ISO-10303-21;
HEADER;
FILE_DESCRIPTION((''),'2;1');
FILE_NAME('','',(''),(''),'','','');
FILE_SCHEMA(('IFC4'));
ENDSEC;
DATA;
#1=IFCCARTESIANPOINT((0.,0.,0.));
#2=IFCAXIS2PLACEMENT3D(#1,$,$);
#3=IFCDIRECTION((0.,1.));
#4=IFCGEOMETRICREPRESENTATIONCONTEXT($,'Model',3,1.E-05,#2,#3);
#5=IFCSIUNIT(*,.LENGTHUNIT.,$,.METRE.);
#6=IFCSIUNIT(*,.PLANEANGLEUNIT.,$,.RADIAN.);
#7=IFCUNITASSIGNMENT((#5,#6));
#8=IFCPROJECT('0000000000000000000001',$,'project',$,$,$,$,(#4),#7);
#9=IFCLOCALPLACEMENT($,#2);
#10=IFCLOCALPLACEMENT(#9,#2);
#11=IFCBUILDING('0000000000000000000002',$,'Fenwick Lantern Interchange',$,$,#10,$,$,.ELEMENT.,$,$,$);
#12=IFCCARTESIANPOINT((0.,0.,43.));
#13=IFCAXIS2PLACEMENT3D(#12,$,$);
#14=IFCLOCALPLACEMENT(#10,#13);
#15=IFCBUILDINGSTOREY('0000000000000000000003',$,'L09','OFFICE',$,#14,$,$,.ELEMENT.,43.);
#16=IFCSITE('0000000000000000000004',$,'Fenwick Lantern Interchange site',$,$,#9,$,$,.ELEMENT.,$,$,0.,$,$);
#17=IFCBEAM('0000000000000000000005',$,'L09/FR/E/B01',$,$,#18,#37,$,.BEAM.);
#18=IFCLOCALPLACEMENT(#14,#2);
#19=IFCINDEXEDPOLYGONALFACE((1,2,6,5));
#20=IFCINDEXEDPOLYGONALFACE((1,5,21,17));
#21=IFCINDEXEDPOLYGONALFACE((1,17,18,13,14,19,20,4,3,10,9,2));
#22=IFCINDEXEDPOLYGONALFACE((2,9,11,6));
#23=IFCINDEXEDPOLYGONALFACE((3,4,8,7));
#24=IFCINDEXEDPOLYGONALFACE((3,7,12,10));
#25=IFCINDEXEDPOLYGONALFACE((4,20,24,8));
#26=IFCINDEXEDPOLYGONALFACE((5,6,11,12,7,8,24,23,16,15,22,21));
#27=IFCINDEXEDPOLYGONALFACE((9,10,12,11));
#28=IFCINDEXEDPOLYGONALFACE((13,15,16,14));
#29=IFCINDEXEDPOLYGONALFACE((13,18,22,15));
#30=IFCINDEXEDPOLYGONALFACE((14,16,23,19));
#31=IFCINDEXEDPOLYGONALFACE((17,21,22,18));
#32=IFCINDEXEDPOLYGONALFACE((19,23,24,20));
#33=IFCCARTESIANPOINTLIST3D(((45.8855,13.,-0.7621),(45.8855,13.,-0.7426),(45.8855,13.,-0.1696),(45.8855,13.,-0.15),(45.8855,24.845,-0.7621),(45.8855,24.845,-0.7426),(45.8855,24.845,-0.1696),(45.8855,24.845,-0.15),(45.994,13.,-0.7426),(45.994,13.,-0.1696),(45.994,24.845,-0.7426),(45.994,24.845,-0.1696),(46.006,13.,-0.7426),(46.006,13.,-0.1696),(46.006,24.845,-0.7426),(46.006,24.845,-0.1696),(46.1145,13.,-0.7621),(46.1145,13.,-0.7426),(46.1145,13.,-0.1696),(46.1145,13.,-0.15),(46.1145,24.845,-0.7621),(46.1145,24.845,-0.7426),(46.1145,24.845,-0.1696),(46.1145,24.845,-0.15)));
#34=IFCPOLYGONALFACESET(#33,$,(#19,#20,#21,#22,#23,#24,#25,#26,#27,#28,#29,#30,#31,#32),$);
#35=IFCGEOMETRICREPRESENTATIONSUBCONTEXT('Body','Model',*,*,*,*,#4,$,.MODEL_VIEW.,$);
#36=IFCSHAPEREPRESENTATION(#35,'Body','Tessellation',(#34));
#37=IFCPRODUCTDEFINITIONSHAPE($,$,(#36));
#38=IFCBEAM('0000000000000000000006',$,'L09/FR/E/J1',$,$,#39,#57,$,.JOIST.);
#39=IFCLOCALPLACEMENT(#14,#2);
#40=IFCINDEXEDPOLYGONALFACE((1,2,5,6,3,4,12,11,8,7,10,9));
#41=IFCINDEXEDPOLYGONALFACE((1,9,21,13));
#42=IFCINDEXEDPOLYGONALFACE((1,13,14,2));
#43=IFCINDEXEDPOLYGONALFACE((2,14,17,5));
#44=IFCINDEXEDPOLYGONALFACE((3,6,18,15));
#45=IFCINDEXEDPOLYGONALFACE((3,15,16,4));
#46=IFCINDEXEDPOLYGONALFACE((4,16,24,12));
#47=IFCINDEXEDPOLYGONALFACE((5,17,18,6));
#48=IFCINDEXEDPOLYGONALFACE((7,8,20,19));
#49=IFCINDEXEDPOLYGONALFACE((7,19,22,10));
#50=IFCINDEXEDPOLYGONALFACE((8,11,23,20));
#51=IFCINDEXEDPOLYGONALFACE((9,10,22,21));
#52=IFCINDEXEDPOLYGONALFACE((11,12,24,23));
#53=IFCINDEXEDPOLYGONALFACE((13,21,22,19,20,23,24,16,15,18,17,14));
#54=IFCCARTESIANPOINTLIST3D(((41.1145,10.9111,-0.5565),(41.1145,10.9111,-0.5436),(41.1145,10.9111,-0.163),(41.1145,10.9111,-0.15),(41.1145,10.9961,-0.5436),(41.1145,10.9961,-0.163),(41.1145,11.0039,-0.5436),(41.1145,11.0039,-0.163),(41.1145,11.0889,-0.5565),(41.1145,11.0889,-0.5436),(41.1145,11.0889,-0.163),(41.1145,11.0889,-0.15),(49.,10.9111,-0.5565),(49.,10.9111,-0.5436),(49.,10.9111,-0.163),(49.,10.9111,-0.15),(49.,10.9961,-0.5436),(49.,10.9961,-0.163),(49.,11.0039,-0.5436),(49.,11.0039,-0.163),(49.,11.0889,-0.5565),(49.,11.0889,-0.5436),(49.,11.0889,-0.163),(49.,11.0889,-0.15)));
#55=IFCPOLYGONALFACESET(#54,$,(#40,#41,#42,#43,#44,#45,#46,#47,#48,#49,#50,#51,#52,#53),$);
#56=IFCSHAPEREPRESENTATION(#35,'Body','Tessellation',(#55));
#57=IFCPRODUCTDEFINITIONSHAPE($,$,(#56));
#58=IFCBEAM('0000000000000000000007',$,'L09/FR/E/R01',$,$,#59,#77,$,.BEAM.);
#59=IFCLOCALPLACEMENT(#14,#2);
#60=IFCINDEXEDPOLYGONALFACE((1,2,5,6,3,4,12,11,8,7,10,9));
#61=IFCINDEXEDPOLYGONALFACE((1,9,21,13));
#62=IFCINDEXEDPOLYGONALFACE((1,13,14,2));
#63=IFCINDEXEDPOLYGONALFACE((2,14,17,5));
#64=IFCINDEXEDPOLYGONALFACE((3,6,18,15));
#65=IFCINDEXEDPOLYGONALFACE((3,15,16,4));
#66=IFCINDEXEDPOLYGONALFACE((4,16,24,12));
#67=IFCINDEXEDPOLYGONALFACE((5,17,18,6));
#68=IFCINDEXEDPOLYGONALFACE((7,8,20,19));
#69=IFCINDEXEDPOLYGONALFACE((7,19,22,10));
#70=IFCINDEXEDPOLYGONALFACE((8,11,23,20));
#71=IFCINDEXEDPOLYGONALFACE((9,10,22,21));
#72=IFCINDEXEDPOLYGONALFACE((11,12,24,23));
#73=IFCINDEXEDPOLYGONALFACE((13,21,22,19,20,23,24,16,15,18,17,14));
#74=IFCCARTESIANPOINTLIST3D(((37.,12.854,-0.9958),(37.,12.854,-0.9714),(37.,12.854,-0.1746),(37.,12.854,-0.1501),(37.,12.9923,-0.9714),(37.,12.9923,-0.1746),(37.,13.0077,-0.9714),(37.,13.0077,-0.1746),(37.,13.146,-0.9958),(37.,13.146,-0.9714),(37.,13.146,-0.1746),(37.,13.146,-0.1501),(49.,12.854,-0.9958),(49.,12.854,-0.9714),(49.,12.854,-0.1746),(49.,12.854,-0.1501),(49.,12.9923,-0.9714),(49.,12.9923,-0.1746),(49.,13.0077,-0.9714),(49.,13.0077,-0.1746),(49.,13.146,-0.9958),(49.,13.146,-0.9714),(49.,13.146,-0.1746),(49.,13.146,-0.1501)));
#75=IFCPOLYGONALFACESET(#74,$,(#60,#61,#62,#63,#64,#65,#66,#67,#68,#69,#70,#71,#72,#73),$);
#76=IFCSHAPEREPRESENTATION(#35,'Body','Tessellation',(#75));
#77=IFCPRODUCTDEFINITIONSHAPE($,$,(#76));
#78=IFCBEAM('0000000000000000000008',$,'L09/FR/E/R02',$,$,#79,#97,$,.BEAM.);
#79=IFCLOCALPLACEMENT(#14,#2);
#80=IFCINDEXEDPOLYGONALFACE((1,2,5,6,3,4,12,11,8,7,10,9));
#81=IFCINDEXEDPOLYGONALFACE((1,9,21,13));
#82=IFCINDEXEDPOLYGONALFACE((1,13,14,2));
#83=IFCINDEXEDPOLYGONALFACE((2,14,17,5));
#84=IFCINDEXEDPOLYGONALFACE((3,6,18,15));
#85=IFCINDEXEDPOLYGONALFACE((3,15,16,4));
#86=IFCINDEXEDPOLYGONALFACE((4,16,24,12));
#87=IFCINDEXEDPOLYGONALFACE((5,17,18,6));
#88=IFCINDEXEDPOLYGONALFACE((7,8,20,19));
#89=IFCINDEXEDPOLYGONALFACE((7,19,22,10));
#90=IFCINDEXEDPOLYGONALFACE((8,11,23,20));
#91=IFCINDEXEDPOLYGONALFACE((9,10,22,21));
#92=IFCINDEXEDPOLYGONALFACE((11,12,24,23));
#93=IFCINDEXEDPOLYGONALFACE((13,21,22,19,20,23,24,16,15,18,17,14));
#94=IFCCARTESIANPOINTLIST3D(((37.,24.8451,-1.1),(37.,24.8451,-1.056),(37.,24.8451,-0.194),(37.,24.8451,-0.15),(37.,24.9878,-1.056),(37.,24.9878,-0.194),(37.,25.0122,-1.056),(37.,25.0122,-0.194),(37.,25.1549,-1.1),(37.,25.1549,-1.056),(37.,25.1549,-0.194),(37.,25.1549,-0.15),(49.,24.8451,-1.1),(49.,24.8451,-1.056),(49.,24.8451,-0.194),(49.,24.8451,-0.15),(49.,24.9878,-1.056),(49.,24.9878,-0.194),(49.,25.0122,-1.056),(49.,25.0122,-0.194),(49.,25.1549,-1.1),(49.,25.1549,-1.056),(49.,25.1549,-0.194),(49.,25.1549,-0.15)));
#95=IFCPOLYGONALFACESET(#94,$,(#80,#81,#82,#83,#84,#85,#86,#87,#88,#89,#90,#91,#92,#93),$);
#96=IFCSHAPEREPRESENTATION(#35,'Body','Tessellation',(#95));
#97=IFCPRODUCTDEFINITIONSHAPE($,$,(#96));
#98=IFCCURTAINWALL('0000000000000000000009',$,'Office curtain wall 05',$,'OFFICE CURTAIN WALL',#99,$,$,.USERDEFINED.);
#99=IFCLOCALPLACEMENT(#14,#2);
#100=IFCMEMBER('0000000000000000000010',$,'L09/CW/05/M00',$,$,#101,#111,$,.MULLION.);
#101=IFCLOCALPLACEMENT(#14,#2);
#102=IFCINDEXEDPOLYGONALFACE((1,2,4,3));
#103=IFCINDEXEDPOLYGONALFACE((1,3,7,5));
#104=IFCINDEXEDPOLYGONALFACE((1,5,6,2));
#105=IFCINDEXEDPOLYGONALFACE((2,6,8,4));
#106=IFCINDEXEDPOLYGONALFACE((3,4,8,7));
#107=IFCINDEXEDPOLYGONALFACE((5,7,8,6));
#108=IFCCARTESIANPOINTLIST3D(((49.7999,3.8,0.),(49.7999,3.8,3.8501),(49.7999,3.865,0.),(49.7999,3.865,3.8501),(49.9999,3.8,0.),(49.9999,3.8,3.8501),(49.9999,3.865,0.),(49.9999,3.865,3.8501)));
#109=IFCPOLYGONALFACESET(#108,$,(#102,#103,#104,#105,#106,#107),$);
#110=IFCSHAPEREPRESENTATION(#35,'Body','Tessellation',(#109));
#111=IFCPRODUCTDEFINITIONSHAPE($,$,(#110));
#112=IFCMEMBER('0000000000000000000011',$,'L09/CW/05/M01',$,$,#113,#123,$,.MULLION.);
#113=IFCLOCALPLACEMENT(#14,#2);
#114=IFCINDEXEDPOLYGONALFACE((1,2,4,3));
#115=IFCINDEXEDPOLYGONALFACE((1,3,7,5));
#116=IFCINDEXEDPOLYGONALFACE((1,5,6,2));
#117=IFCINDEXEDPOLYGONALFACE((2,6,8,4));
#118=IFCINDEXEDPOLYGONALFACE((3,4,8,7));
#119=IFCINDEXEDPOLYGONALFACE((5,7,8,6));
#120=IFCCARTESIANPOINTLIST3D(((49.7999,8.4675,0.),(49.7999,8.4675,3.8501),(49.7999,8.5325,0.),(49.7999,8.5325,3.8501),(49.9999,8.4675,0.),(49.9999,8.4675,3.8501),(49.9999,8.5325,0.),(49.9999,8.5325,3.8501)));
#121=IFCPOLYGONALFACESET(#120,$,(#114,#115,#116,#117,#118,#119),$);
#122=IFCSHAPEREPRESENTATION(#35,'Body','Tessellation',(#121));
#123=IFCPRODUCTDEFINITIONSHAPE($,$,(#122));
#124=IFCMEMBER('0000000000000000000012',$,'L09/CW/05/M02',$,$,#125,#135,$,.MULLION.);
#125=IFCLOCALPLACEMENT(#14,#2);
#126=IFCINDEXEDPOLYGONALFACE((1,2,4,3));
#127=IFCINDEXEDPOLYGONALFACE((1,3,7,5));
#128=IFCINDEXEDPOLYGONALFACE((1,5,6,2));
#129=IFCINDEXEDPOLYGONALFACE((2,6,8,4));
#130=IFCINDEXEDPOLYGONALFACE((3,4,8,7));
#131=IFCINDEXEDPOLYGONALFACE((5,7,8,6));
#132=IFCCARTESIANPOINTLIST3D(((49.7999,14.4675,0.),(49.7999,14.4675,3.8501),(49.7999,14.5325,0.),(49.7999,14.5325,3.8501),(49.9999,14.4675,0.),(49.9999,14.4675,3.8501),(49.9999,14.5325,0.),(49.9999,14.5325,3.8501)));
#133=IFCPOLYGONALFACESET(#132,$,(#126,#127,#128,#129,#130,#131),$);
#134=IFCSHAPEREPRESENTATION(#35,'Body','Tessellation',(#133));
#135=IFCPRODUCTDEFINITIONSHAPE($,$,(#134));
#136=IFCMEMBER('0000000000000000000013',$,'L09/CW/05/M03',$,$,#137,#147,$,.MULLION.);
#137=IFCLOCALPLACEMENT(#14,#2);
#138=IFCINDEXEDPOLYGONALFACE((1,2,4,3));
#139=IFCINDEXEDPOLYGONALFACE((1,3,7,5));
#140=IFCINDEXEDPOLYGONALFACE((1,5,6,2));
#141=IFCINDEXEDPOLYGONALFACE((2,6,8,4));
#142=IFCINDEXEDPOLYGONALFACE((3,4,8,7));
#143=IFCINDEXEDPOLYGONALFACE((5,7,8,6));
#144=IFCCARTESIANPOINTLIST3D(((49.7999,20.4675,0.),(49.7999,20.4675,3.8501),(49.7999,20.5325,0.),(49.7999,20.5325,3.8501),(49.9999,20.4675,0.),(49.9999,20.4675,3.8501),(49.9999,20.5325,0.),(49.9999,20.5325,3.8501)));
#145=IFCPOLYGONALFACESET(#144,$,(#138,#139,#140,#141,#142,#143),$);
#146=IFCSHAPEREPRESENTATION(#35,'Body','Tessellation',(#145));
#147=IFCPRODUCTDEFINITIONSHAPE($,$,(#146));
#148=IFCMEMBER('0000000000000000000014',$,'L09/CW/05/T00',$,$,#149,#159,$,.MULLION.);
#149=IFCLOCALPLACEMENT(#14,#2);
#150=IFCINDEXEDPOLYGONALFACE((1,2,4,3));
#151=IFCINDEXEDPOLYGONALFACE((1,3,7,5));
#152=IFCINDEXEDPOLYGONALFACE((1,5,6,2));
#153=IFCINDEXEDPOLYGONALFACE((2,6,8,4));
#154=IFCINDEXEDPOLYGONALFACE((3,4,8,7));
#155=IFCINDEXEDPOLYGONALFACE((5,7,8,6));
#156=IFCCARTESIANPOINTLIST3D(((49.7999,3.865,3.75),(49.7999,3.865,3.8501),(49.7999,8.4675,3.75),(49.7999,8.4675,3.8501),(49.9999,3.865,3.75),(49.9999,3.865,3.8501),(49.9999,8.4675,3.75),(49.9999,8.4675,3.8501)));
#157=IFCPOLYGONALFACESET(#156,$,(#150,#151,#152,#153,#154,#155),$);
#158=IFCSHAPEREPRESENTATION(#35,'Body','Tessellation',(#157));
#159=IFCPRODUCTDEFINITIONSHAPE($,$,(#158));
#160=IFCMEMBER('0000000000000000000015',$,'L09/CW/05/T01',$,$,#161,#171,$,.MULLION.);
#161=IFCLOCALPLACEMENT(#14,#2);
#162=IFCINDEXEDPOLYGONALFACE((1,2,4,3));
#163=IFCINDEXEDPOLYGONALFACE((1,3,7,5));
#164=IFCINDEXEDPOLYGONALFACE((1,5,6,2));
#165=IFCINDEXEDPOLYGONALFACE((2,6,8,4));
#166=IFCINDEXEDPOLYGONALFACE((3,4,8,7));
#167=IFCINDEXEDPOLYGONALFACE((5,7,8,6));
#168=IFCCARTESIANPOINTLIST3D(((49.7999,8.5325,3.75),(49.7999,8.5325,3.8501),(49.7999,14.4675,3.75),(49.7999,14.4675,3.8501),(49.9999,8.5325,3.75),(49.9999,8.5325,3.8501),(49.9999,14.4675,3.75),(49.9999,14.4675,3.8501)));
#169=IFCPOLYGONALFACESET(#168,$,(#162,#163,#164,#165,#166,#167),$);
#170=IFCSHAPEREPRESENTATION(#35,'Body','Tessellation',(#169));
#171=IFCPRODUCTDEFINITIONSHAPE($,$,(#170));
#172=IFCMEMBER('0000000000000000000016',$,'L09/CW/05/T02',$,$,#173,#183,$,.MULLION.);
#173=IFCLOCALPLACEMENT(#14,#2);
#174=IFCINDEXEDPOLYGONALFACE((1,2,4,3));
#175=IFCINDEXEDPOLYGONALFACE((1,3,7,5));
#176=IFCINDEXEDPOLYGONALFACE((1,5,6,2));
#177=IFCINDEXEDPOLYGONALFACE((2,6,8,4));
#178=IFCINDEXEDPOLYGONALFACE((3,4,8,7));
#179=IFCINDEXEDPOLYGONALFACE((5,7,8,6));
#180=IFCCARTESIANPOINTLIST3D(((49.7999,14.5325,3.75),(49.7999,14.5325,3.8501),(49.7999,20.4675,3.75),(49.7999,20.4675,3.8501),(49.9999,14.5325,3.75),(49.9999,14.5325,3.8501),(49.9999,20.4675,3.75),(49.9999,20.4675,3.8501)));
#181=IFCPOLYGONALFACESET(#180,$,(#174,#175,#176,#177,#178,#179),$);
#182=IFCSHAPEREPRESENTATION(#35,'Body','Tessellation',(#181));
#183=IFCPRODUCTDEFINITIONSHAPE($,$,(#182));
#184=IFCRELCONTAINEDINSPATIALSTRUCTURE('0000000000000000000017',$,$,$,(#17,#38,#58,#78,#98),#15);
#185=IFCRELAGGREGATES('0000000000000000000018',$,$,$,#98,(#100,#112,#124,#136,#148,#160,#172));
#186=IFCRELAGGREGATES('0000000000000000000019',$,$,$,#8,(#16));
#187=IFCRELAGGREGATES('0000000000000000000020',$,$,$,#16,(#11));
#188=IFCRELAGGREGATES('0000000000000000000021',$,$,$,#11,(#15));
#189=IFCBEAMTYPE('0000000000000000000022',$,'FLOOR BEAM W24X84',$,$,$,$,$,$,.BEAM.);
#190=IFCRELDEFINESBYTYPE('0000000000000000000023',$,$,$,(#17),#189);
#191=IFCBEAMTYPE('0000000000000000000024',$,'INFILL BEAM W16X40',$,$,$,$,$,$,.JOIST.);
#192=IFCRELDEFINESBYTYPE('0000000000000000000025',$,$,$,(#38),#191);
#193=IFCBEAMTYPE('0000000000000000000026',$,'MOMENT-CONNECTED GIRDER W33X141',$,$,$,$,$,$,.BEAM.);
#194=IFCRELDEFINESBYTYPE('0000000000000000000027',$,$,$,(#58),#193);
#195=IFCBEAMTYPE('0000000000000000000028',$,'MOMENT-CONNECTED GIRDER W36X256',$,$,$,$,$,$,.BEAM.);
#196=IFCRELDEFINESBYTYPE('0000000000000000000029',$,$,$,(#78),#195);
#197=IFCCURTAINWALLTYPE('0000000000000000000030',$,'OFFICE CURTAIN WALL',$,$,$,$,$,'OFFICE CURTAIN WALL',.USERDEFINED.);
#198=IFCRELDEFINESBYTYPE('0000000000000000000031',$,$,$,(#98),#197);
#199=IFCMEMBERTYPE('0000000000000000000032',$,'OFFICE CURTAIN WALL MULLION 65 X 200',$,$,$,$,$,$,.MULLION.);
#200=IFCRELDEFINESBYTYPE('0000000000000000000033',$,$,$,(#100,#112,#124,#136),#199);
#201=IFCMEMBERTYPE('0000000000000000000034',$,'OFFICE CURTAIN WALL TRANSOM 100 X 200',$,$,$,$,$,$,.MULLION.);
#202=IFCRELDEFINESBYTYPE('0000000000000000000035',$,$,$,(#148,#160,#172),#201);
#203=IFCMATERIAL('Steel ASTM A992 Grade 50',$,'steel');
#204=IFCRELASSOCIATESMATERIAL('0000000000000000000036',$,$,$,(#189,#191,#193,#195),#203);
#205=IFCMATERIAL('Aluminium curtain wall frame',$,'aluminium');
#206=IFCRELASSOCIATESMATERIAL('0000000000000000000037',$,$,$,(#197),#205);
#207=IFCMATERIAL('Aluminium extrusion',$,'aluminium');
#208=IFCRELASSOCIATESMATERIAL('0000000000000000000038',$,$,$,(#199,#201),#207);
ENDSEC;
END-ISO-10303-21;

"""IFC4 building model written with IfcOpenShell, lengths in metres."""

from ifc_helpers import new_model, si_unit, direction, frame, origin, origin_2d, place, context, subcontext, project, spatial, rectangle, i_section, extrude, material, material_profile, profile_set, type_object, element, aggregate, save


model = new_model("IFC4")

# Units and contexts
model_context = context("Model", 3, precision=1e-05, world=origin(), true_north=direction((0.0, 1.0)))
body_context = subcontext(model_context, "Body", "Model", "MODEL_VIEW")
ifc_project = project(units=[si_unit("LENGTHUNIT", "METRE"), si_unit("PLANEANGLEUNIT", "RADIAN")], contexts=[model_context])

# Site, building, storey
site_placement = place(None, origin())
site = spatial("IfcSite", under=ifc_project, at=site_placement, Name="Fenwick Lantern Interchange site", CompositionType="ELEMENT", RefElevation=0.0)
building_placement = place(site_placement, origin())
building = spatial("IfcBuilding", under=site, at=building_placement, Name="Fenwick Lantern Interchange", CompositionType="ELEMENT")
storey_placement = place(building_placement, frame((0.0, 0.0, 43.0)))
storey = spatial("IfcBuildingStorey", under=building, at=storey_placement, Name="L09", Description="OFFICE", CompositionType="ELEMENT", Elevation=43.0)

# Shared definitions
ifc_material_1 = material(Name="Steel ASTM A992 Grade 50", Category="steel")

# Beams
ifc_material_profile_1 = material_profile(ifc_material_1, i_section(OverallWidth=0.229, OverallDepth=0.6121, WebThickness=0.012, FlangeThickness=0.0195, at=origin_2d()), Name="W24X84")
ifc_profile_set_1 = profile_set([ifc_material_profile_1], Name="Steel ASTM A992 Grade 50")
beam_type_1 = type_object("IfcBeamType", Name="FLOOR BEAM W24X84", PredefinedType="BEAM", material=ifc_profile_set_1)
beam_1_placement = place(storey_placement, frame((46.0, 13.0, -0.4561), z_axis=(0.0, 1.0, 0.0), x_axis=(-1.0, 0.0, 0.0)))
element("IfcBeam", 1, at=beam_1_placement, inside=storey, type_object=beam_type_1, Name="L09/FR/E/B01", PredefinedType="BEAM", context=body_context, shape_type="SweptSolid", body=[
    extrude(i_section(OverallWidth=0.229, OverallDepth=0.6121, WebThickness=0.012, FlangeThickness=0.0195, at=origin_2d()), origin(), (0.0, 0.0, 1.0), 11.845),
])
ifc_material_profile_2 = material_profile(ifc_material_1, i_section(OverallWidth=0.1777, OverallDepth=0.4065, WebThickness=0.0078, FlangeThickness=0.0129, at=origin_2d()), Name="W16X40")
ifc_profile_set_2 = profile_set([ifc_material_profile_2], Name="Steel ASTM A992 Grade 50")
beam_type_2 = type_object("IfcBeamType", Name="INFILL BEAM W16X40", PredefinedType="JOIST", material=ifc_profile_set_2)
beam_2_placement = place(storey_placement, frame((49.0, 11.0, -0.3533), z_axis=(-1.0, 0.0, 0.0), x_axis=(0.0, -1.0, 0.0)))
element("IfcBeam", 2, at=beam_2_placement, inside=storey, type_object=beam_type_2, Name="L09/FR/E/J1", PredefinedType="JOIST", context=body_context, shape_type="SweptSolid", body=[
    extrude(i_section(OverallWidth=0.1777, OverallDepth=0.4065, WebThickness=0.0078, FlangeThickness=0.0129, at=origin_2d()), origin(), (0.0, 0.0, 1.0), 7.8855),
])
ifc_material_profile_3 = material_profile(ifc_material_1, i_section(OverallWidth=0.292, OverallDepth=0.8457, WebThickness=0.0154, FlangeThickness=0.0244, at=origin_2d()), Name="W33X141")
ifc_profile_set_3 = profile_set([ifc_material_profile_3], Name="Steel ASTM A992 Grade 50")
beam_type_3 = type_object("IfcBeamType", Name="MOMENT-CONNECTED GIRDER W33X141", PredefinedType="BEAM", material=ifc_profile_set_3)
beam_3_placement = place(storey_placement, frame((49.0, 13.0, -0.573), z_axis=(-1.0, 0.0, 0.0), x_axis=(0.0, -1.0, 0.0)))
element("IfcBeam", 3, at=beam_3_placement, inside=storey, type_object=beam_type_3, Name="L09/FR/E/R01", PredefinedType="BEAM", context=body_context, shape_type="SweptSolid", body=[
    extrude(i_section(OverallWidth=0.292, OverallDepth=0.8457, WebThickness=0.0154, FlangeThickness=0.0244, at=origin_2d()), origin(), (0.0, 0.0, 1.0), 12.0),
])
ifc_material_profile_4 = material_profile(ifc_material_1, i_section(OverallWidth=0.3098, OverallDepth=0.95, WebThickness=0.0244, FlangeThickness=0.0439, at=origin_2d()), Name="W36X256")
ifc_profile_set_4 = profile_set([ifc_material_profile_4], Name="Steel ASTM A992 Grade 50")
beam_type_4 = type_object("IfcBeamType", Name="MOMENT-CONNECTED GIRDER W36X256", PredefinedType="BEAM", material=ifc_profile_set_4)
beam_4_placement = place(storey_placement, frame((49.0, 25.0, -0.625), z_axis=(-1.0, 0.0, 0.0), x_axis=(0.0, -1.0, 0.0)))
element("IfcBeam", 4, at=beam_4_placement, inside=storey, type_object=beam_type_4, Name="L09/FR/E/R02", PredefinedType="BEAM", context=body_context, shape_type="SweptSolid", body=[
    extrude(i_section(OverallWidth=0.3098, OverallDepth=0.95, WebThickness=0.0244, FlangeThickness=0.0439, at=origin_2d()), origin(), (0.0, 0.0, 1.0), 12.0),
])

# Curtain wall, members
ifc_material_2 = material(Name="Aluminium curtain wall frame", Category="aluminium")
curtain_wall_type = type_object("IfcCurtainWallType", Name="OFFICE CURTAIN WALL", ElementType="OFFICE CURTAIN WALL", PredefinedType="USERDEFINED", material=ifc_material_2)
curtain_wall_placement = place(storey_placement, origin())
curtain_wall = element("IfcCurtainWall", 5, at=curtain_wall_placement, inside=storey, type_object=curtain_wall_type, Name="Office curtain wall 05", ObjectType="OFFICE CURTAIN WALL", PredefinedType="USERDEFINED")
ifc_material_3 = material(Name="Aluminium extrusion", Category="aluminium")
ifc_material_profile_5 = material_profile(ifc_material_3, rectangle(XDim=0.2, YDim=0.0649, at=origin_2d()), Name="OFFICE CURTAIN WALL MULLION 65 X 200")
ifc_profile_set_5 = profile_set([ifc_material_profile_5], Name="Aluminium extrusion")
member_type_1 = type_object("IfcMemberType", Name="OFFICE CURTAIN WALL MULLION 65 X 200", PredefinedType="MULLION", material=ifc_profile_set_5)
member_1_placement = place(storey_placement, frame((49.8999, 3.8325, 0.0), z_axis=(0.0, 0.0, 1.0), x_axis=(-1.0, 0.0, 0.0)))
member_1 = element("IfcMember", 6, at=member_1_placement, type_object=member_type_1, Name="L09/CW/05/M00", PredefinedType="MULLION", context=body_context, shape_type="SweptSolid", body=[
    extrude(rectangle(XDim=0.2, YDim=0.0649, at=origin_2d()), origin(), (0.0, 0.0, 1.0), 3.8501),
])
member_2_placement = place(storey_placement, frame((49.8999, 8.5, 0.0), z_axis=(0.0, 0.0, 1.0), x_axis=(-1.0, 0.0, 0.0)))
member_2 = element("IfcMember", 7, at=member_2_placement, type_object=member_type_1, Name="L09/CW/05/M01", PredefinedType="MULLION", context=body_context, shape_type="SweptSolid", body=[
    extrude(rectangle(XDim=0.2, YDim=0.0649, at=origin_2d()), origin(), (0.0, 0.0, 1.0), 3.8501),
])
member_3_placement = place(storey_placement, frame((49.8999, 14.5, 0.0), z_axis=(0.0, 0.0, 1.0), x_axis=(-1.0, 0.0, 0.0)))
member_3 = element("IfcMember", 8, at=member_3_placement, type_object=member_type_1, Name="L09/CW/05/M02", PredefinedType="MULLION", context=body_context, shape_type="SweptSolid", body=[
    extrude(rectangle(XDim=0.2, YDim=0.0649, at=origin_2d()), origin(), (0.0, 0.0, 1.0), 3.8501),
])
member_4_placement = place(storey_placement, frame((49.8999, 20.5, 0.0), z_axis=(0.0, 0.0, 1.0), x_axis=(-1.0, 0.0, 0.0)))
member_4 = element("IfcMember", 9, at=member_4_placement, type_object=member_type_1, Name="L09/CW/05/M03", PredefinedType="MULLION", context=body_context, shape_type="SweptSolid", body=[
    extrude(rectangle(XDim=0.2, YDim=0.0649, at=origin_2d()), origin(), (0.0, 0.0, 1.0), 3.8501),
])
ifc_material_profile_6 = material_profile(ifc_material_3, rectangle(XDim=0.2, YDim=0.1001, at=origin_2d()), Name="OFFICE CURTAIN WALL TRANSOM 100 X 200")
ifc_profile_set_6 = profile_set([ifc_material_profile_6], Name="Aluminium extrusion")
member_type_2 = type_object("IfcMemberType", Name="OFFICE CURTAIN WALL TRANSOM 100 X 200", PredefinedType="MULLION", material=ifc_profile_set_6)
member_5_placement = place(storey_placement, frame((49.8999, 3.865, 3.8), z_axis=(0.0, 1.0, 0.0), x_axis=(-1.0, 0.0, 0.0)))
member_5 = element("IfcMember", 10, at=member_5_placement, type_object=member_type_2, Name="L09/CW/05/T00", PredefinedType="MULLION", context=body_context, shape_type="SweptSolid", body=[
    extrude(rectangle(XDim=0.2, YDim=0.1001, at=origin_2d()), origin(), (0.0, 0.0, 1.0), 4.6025),
])
member_6_placement = place(storey_placement, frame((49.8999, 8.5325, 3.8), z_axis=(0.0, 1.0, 0.0), x_axis=(-1.0, 0.0, 0.0)))
member_6 = element("IfcMember", 11, at=member_6_placement, type_object=member_type_2, Name="L09/CW/05/T01", PredefinedType="MULLION", context=body_context, shape_type="SweptSolid", body=[
    extrude(rectangle(XDim=0.2, YDim=0.1001, at=origin_2d()), origin(), (0.0, 0.0, 1.0), 5.9351),
])
member_7_placement = place(storey_placement, frame((49.8999, 14.5325, 3.8), z_axis=(0.0, 1.0, 0.0), x_axis=(-1.0, 0.0, 0.0)))
member_7 = element("IfcMember", 12, at=member_7_placement, type_object=member_type_2, Name="L09/CW/05/T02", PredefinedType="MULLION", context=body_context, shape_type="SweptSolid", body=[
    extrude(rectangle(XDim=0.2, YDim=0.1001, at=origin_2d()), origin(), (0.0, 0.0, 1.0), 5.9351),
])
aggregate(curtain_wall, [member_1, member_2, member_3, member_4, member_5, member_6, member_7])

save(model, "model.ifc")
